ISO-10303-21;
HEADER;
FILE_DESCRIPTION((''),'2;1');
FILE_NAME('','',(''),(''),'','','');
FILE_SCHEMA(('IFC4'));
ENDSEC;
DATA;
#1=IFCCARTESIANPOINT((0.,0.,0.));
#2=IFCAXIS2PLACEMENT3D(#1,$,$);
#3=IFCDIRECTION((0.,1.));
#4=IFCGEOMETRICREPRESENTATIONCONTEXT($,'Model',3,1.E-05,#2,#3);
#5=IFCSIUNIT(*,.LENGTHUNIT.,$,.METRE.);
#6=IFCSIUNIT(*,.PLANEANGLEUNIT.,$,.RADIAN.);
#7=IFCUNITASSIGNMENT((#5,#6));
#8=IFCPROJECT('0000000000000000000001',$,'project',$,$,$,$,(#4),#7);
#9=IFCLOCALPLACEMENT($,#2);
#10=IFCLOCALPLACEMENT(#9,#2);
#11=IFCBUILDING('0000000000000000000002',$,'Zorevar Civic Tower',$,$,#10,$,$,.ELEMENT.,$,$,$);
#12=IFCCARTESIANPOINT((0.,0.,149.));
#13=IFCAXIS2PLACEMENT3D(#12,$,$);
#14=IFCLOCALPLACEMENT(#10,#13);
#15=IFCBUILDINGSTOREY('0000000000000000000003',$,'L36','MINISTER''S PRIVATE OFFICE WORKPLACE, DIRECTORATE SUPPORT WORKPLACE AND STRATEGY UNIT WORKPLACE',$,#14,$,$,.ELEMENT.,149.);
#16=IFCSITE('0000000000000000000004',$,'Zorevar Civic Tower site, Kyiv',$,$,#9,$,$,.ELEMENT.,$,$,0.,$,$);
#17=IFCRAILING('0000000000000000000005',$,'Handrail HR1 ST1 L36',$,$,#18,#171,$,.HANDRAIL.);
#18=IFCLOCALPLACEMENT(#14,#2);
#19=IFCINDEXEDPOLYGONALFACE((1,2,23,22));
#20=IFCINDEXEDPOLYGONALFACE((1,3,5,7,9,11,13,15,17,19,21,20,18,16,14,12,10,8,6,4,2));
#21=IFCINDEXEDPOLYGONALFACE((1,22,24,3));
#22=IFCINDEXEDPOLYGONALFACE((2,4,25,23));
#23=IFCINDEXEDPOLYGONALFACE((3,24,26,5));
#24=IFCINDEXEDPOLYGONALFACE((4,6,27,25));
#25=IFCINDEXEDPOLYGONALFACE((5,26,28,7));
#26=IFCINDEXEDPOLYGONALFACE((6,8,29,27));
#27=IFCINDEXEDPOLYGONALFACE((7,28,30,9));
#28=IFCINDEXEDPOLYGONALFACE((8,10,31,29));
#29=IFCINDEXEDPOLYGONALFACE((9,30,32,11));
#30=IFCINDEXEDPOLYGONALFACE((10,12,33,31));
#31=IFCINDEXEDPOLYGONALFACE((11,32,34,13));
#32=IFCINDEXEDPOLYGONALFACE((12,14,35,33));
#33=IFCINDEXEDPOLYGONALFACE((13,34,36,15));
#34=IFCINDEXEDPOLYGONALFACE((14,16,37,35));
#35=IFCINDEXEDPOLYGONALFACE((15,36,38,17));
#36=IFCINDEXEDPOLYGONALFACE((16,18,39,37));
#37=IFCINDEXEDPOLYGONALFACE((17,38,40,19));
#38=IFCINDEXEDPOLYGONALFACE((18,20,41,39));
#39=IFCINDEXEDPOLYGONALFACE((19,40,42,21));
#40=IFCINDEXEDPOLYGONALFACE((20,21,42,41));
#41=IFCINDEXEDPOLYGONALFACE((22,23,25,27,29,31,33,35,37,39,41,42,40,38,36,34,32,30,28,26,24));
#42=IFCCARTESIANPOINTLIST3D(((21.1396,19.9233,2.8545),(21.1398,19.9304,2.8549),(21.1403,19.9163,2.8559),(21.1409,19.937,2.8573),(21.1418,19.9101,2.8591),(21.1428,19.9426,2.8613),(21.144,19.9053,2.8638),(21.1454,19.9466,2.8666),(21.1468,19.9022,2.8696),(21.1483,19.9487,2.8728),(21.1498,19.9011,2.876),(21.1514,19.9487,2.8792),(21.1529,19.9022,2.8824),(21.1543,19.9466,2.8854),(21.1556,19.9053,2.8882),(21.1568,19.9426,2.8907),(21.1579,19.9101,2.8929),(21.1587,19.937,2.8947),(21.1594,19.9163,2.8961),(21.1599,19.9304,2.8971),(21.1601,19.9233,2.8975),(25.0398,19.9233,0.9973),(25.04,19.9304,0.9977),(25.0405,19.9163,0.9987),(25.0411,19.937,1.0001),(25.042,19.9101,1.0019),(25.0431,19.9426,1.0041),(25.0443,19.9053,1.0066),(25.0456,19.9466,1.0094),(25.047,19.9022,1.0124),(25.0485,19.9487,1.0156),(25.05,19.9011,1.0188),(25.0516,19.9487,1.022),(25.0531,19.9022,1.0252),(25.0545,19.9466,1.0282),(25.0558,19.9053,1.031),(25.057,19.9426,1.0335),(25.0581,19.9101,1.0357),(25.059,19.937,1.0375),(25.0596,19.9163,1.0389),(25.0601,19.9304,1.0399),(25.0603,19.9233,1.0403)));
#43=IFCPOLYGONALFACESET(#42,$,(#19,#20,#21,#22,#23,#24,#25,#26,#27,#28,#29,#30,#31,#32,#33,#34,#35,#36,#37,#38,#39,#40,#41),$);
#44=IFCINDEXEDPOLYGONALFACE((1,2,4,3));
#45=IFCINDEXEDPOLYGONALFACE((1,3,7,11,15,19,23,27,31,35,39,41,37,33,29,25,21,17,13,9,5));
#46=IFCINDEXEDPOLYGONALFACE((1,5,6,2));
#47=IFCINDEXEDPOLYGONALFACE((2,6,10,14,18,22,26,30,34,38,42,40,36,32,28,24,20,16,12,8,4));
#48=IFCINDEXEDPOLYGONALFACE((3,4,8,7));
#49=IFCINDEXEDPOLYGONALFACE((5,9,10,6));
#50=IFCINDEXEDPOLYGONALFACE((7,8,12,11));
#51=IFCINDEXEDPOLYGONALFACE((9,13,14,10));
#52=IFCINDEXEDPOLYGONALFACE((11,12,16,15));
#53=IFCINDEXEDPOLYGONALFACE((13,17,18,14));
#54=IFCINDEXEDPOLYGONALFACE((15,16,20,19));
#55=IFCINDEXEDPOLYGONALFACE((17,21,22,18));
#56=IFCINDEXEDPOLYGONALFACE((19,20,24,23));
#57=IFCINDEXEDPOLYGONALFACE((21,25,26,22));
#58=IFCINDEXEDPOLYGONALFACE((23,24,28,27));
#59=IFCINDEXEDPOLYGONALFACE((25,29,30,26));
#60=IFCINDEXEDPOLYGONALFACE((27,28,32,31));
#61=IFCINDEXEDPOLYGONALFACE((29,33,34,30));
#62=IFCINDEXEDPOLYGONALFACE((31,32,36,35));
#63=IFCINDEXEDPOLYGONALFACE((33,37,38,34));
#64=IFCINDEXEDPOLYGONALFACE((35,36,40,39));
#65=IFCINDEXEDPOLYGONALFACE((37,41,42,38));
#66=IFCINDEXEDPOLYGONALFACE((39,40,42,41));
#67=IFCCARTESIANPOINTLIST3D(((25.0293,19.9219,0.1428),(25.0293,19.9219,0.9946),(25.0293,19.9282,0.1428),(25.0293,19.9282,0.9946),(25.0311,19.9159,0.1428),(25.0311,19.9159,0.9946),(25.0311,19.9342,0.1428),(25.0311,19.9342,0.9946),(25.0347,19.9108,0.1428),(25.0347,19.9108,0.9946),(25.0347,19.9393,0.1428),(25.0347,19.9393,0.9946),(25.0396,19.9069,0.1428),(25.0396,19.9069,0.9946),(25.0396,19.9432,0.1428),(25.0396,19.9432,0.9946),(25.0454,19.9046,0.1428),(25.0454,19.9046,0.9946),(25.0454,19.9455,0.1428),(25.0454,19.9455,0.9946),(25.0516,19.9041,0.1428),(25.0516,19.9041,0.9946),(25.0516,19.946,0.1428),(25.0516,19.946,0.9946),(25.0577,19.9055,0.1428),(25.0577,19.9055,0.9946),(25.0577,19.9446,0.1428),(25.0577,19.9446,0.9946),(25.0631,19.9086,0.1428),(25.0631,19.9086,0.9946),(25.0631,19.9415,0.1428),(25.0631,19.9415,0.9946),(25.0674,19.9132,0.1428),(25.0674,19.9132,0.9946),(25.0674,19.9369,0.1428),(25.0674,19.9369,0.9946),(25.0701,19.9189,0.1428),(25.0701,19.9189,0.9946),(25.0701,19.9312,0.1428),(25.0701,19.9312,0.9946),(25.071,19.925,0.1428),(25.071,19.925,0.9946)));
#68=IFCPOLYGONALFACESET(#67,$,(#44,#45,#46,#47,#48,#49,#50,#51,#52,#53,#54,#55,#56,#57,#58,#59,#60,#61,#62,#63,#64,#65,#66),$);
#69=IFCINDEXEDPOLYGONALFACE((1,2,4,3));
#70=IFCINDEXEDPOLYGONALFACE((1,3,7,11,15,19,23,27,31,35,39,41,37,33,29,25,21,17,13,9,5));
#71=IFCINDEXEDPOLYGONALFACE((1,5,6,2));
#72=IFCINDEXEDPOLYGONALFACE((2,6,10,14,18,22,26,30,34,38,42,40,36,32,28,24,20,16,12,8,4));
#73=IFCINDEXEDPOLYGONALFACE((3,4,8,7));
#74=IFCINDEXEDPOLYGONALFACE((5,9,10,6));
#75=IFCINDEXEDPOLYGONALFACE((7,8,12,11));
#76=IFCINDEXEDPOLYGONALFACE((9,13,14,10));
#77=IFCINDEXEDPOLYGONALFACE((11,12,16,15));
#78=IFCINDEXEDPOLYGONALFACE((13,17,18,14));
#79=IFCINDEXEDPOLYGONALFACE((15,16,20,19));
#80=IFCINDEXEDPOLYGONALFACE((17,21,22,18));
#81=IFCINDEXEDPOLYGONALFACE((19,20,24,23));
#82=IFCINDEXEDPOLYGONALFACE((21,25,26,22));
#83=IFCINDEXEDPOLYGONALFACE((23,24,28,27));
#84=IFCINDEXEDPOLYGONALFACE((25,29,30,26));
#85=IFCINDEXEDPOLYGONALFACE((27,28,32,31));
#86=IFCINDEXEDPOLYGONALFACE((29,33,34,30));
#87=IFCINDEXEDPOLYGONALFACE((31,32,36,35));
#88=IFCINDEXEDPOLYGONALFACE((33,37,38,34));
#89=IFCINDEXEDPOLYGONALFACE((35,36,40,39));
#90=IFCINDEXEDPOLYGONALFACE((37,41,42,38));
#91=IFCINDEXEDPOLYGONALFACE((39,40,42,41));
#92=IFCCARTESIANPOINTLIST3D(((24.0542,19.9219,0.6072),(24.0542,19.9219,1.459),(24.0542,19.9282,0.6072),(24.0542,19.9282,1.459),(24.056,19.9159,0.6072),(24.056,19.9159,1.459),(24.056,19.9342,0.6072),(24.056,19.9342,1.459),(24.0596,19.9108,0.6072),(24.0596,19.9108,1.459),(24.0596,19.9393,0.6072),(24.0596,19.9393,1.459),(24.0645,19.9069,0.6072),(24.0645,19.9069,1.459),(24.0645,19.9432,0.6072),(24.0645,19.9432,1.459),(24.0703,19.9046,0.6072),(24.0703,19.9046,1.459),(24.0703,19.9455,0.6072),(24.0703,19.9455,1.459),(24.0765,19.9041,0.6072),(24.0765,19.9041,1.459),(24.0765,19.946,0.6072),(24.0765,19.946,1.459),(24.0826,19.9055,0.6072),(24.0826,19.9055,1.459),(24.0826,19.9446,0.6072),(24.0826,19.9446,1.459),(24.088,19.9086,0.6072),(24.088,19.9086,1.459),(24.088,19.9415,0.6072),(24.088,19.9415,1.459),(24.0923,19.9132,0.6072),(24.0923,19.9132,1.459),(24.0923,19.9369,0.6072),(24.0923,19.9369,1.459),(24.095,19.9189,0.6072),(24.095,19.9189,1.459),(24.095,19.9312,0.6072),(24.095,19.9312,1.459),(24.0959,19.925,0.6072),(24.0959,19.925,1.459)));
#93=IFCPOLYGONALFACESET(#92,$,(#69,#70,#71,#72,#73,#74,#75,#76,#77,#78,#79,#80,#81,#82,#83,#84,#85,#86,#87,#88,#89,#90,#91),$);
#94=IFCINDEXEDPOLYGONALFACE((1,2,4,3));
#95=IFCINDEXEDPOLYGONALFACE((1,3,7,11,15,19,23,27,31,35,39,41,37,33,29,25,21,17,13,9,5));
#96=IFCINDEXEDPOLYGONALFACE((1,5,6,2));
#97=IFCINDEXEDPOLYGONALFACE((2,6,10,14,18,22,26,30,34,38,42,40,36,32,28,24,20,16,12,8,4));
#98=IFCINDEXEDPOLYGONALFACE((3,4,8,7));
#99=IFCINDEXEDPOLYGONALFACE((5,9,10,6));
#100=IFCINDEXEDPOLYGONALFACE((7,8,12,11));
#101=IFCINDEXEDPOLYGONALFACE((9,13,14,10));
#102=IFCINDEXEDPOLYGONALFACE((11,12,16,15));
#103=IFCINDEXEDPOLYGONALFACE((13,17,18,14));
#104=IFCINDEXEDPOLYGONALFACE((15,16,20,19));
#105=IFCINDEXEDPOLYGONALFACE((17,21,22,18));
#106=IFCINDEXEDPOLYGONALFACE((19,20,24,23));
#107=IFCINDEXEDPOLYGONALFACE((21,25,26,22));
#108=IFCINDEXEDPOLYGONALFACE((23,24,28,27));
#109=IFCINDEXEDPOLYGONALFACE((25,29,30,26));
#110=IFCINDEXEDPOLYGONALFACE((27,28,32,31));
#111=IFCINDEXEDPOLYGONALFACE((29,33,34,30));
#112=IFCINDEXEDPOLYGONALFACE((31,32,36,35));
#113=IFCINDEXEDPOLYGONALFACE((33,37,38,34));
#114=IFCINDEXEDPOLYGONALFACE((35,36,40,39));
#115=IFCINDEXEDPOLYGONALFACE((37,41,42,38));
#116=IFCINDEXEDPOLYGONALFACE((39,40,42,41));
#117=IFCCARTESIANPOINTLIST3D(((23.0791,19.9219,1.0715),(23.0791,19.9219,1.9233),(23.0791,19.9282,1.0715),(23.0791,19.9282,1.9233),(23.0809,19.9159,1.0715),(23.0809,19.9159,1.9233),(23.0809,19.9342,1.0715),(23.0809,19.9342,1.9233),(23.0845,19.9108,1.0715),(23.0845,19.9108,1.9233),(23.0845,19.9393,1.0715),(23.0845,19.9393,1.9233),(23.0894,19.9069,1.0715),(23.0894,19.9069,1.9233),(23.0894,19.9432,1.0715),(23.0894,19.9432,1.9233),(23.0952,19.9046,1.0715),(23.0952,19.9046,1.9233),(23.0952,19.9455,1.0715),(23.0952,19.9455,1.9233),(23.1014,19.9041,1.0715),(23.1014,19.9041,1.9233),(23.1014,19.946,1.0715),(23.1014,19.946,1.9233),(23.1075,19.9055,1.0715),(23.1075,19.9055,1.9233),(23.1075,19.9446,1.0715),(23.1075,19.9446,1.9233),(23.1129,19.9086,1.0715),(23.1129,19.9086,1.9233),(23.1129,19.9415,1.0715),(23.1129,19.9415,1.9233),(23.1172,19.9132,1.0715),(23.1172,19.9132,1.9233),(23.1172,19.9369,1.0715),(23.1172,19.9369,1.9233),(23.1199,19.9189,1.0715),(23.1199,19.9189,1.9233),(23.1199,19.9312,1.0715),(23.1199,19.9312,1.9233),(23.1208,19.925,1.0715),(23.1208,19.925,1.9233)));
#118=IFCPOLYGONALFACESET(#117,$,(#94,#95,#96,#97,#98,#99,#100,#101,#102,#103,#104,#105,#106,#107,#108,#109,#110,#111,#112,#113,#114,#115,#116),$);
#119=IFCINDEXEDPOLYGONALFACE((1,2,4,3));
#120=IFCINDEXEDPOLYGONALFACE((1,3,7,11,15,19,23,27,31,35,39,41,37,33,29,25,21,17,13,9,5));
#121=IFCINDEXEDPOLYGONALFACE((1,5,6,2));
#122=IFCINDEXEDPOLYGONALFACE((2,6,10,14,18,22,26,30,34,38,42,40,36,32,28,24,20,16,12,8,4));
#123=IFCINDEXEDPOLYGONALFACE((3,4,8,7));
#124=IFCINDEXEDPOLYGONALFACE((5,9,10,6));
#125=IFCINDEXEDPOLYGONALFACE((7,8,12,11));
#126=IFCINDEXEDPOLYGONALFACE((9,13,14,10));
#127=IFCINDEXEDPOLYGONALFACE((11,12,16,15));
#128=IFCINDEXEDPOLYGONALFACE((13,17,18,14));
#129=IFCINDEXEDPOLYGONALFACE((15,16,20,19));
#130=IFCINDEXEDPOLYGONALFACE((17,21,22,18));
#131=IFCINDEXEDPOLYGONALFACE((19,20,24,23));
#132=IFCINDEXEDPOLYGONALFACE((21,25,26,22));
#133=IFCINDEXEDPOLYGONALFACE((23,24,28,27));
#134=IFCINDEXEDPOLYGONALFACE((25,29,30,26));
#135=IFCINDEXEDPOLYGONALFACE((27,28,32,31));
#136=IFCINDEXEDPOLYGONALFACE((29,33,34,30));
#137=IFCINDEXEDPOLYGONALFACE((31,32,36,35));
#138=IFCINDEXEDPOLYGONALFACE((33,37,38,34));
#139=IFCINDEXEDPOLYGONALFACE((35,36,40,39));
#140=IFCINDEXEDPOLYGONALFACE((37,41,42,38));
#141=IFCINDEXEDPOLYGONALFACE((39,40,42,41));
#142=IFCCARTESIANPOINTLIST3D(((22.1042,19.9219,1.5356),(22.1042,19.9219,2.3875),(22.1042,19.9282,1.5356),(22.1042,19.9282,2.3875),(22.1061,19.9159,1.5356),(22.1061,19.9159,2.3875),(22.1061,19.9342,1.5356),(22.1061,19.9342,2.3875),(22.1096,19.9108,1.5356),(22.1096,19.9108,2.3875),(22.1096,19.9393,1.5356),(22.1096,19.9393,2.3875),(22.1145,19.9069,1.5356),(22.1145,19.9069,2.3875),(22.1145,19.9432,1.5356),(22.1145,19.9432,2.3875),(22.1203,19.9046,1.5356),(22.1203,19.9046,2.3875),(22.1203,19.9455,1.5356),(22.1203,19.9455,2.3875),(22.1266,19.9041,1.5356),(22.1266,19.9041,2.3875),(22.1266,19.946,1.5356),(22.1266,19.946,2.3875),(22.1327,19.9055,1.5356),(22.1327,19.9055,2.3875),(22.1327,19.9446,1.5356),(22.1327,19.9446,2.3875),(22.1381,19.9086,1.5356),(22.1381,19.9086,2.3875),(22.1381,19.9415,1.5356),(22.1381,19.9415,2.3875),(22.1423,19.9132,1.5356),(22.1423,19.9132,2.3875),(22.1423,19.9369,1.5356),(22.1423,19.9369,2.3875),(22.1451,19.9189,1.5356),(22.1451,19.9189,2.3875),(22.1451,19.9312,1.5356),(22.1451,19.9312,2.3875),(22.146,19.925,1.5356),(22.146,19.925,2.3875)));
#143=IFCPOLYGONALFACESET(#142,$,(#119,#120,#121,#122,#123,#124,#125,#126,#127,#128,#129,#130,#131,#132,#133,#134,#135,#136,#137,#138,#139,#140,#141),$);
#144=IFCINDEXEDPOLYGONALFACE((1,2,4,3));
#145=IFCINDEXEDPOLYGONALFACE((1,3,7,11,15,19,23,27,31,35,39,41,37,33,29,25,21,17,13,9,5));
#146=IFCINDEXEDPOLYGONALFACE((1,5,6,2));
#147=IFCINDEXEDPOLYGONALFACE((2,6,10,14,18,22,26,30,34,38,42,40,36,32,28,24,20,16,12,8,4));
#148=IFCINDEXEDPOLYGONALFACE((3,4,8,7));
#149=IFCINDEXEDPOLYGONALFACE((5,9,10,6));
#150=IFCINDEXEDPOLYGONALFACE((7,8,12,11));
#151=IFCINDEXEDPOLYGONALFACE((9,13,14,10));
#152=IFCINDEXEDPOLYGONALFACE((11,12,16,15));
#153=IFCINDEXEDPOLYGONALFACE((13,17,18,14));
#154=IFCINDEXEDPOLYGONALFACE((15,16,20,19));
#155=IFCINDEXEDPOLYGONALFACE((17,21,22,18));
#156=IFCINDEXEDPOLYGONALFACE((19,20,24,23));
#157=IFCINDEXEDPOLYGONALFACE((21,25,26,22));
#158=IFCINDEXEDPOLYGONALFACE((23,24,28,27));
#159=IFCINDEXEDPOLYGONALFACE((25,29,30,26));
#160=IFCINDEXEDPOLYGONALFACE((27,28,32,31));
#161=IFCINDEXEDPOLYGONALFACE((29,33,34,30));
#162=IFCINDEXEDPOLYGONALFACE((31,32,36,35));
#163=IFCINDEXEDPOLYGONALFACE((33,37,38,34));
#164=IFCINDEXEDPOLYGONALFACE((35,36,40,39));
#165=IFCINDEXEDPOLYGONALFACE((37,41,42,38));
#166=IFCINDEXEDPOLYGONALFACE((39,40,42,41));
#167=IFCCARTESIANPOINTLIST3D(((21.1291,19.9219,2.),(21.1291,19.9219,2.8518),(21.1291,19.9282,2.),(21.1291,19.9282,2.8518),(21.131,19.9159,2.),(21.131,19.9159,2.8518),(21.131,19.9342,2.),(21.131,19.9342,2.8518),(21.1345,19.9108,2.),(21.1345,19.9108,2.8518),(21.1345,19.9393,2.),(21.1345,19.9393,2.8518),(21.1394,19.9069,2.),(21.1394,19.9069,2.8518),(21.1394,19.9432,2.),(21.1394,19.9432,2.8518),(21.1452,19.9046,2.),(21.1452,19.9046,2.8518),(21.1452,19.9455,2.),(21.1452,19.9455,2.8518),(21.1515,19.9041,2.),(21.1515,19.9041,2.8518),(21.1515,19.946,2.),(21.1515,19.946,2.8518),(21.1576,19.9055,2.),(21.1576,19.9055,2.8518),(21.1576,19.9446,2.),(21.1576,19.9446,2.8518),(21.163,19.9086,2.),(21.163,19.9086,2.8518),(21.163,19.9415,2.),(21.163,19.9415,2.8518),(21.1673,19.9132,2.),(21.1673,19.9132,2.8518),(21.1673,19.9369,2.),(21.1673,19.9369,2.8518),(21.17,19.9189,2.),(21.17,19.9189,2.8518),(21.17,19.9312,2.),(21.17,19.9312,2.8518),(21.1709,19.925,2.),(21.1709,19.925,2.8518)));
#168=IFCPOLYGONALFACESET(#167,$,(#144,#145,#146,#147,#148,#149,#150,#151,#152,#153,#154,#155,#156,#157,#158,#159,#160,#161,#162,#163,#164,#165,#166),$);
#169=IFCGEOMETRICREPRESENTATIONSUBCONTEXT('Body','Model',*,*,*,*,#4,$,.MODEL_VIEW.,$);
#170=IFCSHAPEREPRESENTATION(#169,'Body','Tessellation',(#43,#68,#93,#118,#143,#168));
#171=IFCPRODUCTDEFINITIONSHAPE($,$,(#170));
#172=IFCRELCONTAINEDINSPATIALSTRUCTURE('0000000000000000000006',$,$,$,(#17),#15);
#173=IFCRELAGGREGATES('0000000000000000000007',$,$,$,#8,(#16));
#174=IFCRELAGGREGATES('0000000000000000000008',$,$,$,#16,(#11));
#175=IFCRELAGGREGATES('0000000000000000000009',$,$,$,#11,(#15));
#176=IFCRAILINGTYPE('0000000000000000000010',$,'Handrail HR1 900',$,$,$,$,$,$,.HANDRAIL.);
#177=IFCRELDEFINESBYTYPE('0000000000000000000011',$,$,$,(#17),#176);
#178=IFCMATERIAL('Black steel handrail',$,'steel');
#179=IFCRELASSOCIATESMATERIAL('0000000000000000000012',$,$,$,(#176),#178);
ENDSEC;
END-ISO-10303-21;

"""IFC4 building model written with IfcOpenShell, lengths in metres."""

from ifc_helpers import new_model, si_unit, direction, frame, origin, origin_2d, place, context, subcontext, project, spatial, circle, extrude, material, type_object, element, save


model = new_model("IFC4")

# Units and contexts
model_context = context("Model", 3, precision=1e-05, world=origin(), true_north=direction((0.0, 1.0)))
body_context = subcontext(model_context, "Body", "Model", "MODEL_VIEW")
ifc_project = project(units=[si_unit("LENGTHUNIT", "METRE"), si_unit("PLANEANGLEUNIT", "RADIAN")], contexts=[model_context])

# Site, building, storey
site_placement = place(None, origin())
site = spatial("IfcSite", under=ifc_project, at=site_placement, Name="Zorevar Civic Tower site, Kyiv", CompositionType="ELEMENT", RefElevation=0.0)
building_placement = place(site_placement, origin())
building = spatial("IfcBuilding", under=site, at=building_placement, Name="Zorevar Civic Tower", CompositionType="ELEMENT")
storey_placement = place(building_placement, frame((0.0, 0.0, 149.0)))
storey = spatial("IfcBuildingStorey", under=building, at=storey_placement, Name="L36", Description="MINISTER'S PRIVATE OFFICE WORKPLACE, DIRECTORATE SUPPORT WORKPLACE AND STRATEGY UNIT WORKPLACE", CompositionType="ELEMENT", Elevation=149.0)

# Railing
ifc_material_1 = material(Name="Black steel handrail", Category="steel")
railing_type = type_object("IfcRailingType", Name="Handrail HR1 900", PredefinedType="HANDRAIL", material=ifc_material_1)
railing_1_placement = place(storey_placement, frame((25.05, 19.925, 0.1428)))
element("IfcRailing", 1, at=railing_1_placement, inside=storey, type_object=railing_type, Name="Handrail HR1 ST1 L36", PredefinedType="HANDRAIL", context=body_context, shape_type="SweptSolid", body=[
    extrude(circle(Radius=0.0239, at=origin_2d()), frame((0.0, 0.0, 0.876), z_axis=(-0.902864, 0.0, 0.429927), x_axis=(0.0, -1.0, 0.0)), (0.0, 0.0, 1.0), 4.3198),
    extrude(circle(Radius=0.021, at=origin_2d()), origin(), (0.0, 0.0, 1.0), 0.8518),
    extrude(circle(Radius=0.021, at=origin_2d()), frame((-0.9751, 0.0, 0.4644)), (0.0, 0.0, 1.0), 0.8518),
    extrude(circle(Radius=0.021, at=origin_2d()), frame((-1.9502, 0.0, 0.9287)), (0.0, 0.0, 1.0), 0.8518),
    extrude(circle(Radius=0.021, at=origin_2d()), frame((-2.925, 0.0, 1.3928)), (0.0, 0.0, 1.0), 0.8518),
    extrude(circle(Radius=0.021, at=origin_2d()), frame((-3.9001, 0.0, 1.8572)), (0.0, 0.0, 1.0), 0.8518),
])

save(model, "model.ifc")
